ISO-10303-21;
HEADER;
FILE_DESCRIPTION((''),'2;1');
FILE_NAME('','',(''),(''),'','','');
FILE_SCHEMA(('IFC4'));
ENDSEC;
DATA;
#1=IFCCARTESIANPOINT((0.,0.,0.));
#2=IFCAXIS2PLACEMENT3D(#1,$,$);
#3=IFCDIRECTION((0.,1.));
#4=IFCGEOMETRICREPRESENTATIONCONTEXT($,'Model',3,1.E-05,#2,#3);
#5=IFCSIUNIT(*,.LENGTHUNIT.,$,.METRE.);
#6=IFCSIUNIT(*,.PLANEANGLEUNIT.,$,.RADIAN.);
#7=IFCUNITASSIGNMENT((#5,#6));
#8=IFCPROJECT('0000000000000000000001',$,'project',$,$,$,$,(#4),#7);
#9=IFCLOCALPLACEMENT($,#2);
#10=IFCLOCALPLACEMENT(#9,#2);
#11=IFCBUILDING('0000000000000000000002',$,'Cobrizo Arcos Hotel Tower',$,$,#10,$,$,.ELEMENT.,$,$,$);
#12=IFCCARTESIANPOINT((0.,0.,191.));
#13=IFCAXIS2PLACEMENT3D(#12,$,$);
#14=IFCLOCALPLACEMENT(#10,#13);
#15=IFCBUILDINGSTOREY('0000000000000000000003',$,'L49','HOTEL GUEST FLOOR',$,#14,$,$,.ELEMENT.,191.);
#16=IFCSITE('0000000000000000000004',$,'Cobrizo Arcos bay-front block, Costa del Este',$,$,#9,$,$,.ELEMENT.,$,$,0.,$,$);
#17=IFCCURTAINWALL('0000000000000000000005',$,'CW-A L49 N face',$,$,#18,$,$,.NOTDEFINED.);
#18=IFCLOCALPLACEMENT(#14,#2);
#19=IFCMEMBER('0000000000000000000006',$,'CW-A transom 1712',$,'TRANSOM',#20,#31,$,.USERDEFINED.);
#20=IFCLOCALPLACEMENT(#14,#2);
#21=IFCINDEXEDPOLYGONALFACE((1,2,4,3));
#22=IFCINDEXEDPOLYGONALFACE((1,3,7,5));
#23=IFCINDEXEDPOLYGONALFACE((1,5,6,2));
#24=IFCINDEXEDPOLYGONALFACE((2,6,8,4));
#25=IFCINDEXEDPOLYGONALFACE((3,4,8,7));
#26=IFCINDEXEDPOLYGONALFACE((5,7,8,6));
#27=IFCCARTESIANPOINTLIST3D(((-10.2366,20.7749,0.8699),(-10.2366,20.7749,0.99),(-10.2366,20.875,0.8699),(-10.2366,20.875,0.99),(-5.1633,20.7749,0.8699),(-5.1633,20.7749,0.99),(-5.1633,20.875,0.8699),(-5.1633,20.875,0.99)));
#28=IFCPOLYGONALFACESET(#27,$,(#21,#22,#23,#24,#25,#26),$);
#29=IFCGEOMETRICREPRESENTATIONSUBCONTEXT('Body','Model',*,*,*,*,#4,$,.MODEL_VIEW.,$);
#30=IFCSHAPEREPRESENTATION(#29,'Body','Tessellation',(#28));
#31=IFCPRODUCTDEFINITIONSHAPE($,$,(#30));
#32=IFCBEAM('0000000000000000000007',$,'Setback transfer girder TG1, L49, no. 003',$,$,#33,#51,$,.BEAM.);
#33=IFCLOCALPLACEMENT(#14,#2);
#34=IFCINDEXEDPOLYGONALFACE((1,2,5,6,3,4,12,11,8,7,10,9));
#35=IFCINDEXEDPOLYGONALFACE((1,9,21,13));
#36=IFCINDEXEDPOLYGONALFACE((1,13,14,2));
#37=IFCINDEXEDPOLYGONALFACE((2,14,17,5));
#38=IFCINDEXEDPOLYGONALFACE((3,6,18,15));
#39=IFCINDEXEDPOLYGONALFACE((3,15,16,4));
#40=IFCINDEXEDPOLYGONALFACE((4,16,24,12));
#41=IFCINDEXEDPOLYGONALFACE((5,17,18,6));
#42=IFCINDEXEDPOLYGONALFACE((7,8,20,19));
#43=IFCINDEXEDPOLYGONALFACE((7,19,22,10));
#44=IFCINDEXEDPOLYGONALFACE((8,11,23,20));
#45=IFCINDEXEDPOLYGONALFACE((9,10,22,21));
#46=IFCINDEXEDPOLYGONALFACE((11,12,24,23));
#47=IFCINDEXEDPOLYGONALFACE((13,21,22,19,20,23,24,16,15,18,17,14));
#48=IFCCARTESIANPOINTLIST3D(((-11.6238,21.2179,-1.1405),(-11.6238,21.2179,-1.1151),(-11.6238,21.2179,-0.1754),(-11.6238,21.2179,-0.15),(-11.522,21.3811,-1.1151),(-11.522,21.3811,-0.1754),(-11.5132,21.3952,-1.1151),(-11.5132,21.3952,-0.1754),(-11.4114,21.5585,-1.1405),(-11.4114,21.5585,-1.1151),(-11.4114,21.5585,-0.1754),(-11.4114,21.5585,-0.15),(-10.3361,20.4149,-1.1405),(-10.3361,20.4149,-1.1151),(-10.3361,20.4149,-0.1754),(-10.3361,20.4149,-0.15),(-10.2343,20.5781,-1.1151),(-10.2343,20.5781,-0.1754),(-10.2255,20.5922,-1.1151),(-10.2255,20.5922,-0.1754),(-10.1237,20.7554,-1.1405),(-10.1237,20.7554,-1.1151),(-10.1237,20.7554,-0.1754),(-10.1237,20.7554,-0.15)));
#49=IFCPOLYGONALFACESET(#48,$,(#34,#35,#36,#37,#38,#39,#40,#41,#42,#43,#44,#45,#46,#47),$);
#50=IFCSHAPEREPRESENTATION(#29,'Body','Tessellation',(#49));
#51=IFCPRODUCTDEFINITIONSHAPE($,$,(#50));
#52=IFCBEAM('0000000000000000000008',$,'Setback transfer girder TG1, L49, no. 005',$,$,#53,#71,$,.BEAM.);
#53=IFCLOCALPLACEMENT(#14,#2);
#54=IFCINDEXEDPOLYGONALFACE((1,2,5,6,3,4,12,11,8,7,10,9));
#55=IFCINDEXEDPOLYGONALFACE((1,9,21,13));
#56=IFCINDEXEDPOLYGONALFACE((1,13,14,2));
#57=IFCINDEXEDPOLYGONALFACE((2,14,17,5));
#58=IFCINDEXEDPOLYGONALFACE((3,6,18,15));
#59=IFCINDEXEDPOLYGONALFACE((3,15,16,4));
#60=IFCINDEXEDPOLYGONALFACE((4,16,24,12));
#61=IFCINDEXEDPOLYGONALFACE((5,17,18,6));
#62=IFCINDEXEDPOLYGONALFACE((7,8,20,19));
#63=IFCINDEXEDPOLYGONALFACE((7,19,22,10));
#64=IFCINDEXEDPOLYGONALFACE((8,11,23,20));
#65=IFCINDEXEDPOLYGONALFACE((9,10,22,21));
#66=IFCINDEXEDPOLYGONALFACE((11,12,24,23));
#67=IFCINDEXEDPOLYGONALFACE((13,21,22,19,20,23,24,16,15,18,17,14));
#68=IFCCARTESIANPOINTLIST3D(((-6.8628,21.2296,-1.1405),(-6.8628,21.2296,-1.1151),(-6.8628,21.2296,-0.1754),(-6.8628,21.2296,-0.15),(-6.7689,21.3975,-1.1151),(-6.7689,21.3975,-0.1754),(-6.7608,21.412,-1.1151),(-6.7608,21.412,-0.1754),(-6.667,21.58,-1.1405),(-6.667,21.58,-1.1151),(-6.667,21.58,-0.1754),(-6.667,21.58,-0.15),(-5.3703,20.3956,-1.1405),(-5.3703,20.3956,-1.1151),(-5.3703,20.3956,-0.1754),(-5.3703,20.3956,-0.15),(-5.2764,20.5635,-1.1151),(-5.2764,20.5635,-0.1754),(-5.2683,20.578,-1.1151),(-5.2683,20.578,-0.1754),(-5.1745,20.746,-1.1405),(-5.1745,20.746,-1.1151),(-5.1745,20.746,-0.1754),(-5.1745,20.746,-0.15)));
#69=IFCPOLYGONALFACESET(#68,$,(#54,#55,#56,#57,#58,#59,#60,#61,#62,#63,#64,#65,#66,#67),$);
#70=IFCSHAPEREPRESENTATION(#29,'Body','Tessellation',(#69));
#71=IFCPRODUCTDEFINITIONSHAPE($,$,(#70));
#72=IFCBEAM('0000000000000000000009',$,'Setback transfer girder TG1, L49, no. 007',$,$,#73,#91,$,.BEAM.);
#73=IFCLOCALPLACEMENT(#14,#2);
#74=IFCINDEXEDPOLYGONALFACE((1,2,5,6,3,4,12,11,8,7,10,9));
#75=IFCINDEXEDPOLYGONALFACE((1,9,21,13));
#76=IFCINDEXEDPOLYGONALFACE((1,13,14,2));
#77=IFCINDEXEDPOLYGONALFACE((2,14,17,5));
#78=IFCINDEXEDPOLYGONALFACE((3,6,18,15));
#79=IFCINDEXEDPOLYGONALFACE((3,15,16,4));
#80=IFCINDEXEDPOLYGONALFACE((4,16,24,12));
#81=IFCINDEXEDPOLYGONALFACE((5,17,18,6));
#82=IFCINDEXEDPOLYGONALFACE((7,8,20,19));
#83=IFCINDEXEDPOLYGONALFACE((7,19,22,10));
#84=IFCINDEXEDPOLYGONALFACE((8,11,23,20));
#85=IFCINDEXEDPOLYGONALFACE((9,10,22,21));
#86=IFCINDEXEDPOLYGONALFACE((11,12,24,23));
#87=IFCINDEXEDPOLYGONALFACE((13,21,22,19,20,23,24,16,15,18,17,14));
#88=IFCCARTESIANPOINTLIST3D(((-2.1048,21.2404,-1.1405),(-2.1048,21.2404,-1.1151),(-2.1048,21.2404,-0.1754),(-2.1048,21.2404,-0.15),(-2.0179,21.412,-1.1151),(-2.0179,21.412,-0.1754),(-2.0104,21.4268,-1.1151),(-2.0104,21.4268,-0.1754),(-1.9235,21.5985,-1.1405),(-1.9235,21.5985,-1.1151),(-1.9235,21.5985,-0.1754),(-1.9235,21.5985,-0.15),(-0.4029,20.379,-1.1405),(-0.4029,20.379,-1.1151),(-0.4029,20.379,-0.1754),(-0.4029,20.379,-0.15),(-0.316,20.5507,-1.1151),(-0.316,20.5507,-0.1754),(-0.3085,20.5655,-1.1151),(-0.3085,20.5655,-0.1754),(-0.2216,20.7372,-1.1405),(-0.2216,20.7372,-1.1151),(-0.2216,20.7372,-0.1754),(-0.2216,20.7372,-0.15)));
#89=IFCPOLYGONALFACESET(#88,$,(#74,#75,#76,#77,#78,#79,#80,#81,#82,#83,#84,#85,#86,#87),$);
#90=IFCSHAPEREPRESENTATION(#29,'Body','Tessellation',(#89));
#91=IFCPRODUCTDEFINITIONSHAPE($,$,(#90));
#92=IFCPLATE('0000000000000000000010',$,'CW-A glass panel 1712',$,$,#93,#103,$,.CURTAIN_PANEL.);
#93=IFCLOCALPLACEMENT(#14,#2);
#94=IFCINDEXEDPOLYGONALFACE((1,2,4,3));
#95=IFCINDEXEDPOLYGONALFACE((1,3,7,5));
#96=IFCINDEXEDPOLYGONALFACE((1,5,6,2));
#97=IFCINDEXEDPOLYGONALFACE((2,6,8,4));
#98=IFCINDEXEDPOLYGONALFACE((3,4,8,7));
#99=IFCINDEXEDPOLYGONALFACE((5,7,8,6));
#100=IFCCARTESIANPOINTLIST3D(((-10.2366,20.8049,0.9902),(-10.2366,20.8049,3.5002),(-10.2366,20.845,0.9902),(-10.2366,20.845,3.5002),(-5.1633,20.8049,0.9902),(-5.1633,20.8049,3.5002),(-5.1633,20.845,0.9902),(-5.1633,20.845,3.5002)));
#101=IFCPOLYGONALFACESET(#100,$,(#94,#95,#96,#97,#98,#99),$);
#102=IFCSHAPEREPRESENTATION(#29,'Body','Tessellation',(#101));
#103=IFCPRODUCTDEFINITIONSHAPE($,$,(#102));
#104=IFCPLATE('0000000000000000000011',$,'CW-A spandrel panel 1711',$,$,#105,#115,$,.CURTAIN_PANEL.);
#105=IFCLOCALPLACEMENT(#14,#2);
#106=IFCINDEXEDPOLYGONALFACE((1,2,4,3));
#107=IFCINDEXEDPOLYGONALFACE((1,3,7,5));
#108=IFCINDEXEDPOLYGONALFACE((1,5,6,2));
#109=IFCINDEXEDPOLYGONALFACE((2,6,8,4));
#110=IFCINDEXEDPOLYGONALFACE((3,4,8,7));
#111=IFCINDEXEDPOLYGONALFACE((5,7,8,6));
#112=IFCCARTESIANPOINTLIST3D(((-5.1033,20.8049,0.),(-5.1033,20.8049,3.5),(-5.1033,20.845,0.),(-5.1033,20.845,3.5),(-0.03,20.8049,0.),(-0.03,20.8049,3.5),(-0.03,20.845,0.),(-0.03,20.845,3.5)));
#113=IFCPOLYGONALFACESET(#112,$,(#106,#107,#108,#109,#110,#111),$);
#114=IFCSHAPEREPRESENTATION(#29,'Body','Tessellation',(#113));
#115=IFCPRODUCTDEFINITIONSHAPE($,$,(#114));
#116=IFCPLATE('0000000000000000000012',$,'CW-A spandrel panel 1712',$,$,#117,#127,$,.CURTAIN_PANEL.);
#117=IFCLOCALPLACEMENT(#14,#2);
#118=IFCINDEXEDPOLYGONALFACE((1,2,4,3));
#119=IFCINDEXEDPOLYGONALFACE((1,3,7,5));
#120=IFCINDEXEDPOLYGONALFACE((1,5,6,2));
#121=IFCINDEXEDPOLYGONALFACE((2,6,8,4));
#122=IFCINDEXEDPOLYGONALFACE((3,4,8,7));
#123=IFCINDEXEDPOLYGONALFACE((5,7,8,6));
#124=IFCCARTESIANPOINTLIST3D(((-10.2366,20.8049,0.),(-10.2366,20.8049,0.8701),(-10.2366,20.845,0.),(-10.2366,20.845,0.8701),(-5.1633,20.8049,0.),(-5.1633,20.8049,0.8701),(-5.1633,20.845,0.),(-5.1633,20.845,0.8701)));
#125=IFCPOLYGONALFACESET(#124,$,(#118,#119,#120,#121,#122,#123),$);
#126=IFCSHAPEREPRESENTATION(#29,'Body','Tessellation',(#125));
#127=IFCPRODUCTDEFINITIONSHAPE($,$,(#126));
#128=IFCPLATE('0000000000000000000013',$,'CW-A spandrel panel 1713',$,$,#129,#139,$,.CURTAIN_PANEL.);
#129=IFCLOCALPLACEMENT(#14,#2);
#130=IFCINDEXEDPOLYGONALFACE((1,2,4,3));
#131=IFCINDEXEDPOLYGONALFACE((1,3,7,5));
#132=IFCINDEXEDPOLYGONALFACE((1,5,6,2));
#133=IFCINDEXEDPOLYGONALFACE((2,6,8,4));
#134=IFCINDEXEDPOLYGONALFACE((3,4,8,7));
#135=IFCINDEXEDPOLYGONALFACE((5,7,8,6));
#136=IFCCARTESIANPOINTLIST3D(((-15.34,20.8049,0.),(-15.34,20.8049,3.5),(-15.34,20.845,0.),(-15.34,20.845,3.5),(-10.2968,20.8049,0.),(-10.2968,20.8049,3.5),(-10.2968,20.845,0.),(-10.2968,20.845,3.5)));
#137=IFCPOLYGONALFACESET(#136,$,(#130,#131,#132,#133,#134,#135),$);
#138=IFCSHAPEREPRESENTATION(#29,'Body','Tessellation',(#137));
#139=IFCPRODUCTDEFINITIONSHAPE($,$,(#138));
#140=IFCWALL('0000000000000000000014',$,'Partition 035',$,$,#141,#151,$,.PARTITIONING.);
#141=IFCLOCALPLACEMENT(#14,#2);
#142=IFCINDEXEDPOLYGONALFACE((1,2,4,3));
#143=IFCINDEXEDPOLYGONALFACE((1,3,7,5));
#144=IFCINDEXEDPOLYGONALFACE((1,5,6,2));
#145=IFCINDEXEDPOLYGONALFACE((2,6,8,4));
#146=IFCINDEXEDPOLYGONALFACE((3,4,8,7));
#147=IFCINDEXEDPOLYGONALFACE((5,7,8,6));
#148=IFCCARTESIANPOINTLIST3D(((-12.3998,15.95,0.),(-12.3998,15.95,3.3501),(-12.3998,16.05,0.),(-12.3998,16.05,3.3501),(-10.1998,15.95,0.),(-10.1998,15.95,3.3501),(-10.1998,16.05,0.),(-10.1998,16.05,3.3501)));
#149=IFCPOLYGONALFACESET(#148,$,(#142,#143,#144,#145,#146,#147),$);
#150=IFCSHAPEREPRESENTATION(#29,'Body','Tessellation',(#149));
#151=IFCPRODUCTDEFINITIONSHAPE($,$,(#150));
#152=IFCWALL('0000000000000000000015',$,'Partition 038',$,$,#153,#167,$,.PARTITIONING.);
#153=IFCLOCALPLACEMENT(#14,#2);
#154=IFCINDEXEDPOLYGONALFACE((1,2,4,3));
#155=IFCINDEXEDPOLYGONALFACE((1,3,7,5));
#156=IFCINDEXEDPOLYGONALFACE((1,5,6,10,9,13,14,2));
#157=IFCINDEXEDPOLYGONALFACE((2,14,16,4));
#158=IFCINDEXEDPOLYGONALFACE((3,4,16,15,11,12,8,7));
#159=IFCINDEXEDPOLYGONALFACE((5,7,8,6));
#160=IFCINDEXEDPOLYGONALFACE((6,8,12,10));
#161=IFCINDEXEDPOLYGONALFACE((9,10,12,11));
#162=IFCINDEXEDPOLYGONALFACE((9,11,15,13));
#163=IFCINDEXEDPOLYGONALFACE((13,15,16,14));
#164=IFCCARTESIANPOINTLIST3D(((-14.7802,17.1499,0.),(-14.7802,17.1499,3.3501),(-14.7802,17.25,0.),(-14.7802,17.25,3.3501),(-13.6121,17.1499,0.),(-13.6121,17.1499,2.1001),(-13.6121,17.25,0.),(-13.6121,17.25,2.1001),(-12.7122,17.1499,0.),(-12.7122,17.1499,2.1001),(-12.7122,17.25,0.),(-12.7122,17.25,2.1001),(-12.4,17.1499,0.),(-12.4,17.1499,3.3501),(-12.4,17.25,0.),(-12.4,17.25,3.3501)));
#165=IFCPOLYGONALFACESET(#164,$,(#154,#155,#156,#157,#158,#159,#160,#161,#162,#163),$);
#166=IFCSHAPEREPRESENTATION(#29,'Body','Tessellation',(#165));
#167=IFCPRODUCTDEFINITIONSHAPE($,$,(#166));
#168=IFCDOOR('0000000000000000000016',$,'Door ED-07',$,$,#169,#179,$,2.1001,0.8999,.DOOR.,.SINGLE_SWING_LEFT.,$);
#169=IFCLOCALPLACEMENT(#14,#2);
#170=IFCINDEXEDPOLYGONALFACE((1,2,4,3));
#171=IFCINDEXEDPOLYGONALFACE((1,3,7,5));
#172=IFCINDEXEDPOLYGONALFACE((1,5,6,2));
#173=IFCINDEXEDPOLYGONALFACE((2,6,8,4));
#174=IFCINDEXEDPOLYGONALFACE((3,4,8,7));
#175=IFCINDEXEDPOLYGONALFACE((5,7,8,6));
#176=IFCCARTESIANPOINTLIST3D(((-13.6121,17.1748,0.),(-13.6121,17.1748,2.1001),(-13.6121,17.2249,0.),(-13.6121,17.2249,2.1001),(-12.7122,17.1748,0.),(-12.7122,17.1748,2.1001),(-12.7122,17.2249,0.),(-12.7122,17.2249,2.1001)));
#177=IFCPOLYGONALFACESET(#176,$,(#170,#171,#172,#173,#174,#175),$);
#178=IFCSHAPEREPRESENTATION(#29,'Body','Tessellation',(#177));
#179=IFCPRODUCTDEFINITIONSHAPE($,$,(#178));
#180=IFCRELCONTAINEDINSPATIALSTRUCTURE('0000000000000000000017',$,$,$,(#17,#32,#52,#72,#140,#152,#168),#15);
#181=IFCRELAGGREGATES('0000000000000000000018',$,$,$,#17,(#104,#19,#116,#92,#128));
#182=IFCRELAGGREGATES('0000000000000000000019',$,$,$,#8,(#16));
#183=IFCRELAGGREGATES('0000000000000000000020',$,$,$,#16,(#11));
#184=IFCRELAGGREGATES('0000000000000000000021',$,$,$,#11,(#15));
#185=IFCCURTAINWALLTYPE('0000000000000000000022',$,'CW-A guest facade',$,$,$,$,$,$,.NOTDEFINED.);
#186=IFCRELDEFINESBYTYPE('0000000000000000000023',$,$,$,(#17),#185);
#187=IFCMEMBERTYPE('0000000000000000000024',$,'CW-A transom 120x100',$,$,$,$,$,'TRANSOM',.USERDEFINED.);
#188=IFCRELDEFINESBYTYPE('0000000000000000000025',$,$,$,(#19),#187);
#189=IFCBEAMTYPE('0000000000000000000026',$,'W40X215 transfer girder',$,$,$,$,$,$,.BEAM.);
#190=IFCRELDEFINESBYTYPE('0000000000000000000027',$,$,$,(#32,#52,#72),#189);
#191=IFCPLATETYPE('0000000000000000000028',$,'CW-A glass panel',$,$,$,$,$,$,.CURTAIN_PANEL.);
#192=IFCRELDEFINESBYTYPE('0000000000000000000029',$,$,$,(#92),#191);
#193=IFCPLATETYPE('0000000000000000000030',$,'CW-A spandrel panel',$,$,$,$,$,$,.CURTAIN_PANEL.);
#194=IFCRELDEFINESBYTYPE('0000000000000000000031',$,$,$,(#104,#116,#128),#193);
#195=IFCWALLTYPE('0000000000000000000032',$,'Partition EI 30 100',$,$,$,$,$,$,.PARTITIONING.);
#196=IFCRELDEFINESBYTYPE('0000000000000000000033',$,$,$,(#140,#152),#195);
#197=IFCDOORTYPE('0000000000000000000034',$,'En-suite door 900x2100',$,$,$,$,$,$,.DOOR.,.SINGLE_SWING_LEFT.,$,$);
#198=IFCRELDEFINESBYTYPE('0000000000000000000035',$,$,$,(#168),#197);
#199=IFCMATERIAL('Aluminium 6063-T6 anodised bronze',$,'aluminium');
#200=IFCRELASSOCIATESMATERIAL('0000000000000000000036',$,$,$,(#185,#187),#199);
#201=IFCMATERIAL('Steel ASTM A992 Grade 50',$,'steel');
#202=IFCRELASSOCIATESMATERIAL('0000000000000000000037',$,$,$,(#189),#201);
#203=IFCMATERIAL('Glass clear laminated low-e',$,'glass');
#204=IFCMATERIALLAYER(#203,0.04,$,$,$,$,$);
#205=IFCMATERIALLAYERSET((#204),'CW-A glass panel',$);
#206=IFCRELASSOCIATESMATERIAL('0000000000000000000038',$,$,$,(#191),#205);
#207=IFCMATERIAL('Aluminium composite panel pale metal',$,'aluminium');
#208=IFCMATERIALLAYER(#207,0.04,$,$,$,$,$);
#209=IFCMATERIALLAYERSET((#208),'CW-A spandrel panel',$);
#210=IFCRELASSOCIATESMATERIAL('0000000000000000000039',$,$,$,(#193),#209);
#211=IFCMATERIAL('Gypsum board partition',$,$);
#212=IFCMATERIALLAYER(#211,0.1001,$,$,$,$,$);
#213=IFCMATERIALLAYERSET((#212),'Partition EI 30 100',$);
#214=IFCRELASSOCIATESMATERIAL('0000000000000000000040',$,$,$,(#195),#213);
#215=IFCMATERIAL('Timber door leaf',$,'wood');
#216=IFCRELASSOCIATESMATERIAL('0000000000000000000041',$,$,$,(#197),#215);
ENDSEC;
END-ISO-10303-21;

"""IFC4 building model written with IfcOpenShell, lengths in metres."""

from ifc_helpers import new_model, si_unit, direction, frame, frame_2d, origin, origin_2d, place, context, subcontext, project, spatial, rectangle, i_section, extrude, material, layer, layer_set, material_profile, profile_set, type_object, element, fill, aggregate, save


model = new_model("IFC4")

# Units and contexts
model_context = context("Model", 3, precision=1e-05, world=origin(), true_north=direction((0.0, 1.0)))
body_context = subcontext(model_context, "Body", "Model", "MODEL_VIEW")
ifc_project = project(units=[si_unit("LENGTHUNIT", "METRE"), si_unit("PLANEANGLEUNIT", "RADIAN")], contexts=[model_context])

# Site, building, storey
site_placement = place(None, origin())
site = spatial("IfcSite", under=ifc_project, at=site_placement, Name="Cobrizo Arcos bay-front block, Costa del Este", CompositionType="ELEMENT", RefElevation=0.0)
building_placement = place(site_placement, origin())
building = spatial("IfcBuilding", under=site, at=building_placement, Name="Cobrizo Arcos Hotel Tower", CompositionType="ELEMENT")
storey_placement = place(building_placement, frame((0.0, 0.0, 191.0)))
storey = spatial("IfcBuildingStorey", under=building, at=storey_placement, Name="L49", Description="HOTEL GUEST FLOOR", CompositionType="ELEMENT", Elevation=191.0)

# Curtain wall
ifc_material_1 = material(Name="Aluminium 6063-T6 anodised bronze", Category="aluminium")
curtain_wall_type = type_object("IfcCurtainWallType", Name="CW-A guest facade", PredefinedType="NOTDEFINED", material=ifc_material_1)
curtain_wall_1_placement = place(storey_placement, origin())
curtain_wall_1 = element("IfcCurtainWall", 1, at=curtain_wall_1_placement, inside=storey, type_object=curtain_wall_type, Name="CW-A L49 N face", PredefinedType="NOTDEFINED")

# Member
ifc_material_profile_1 = material_profile(ifc_material_1, rectangle(XDim=0.1001, YDim=0.1201, at=origin_2d()), Name="CW-A transom 120x100")
ifc_profile_set_1 = profile_set([ifc_material_profile_1], Name="Aluminium 6063-T6 anodised bronze")
member_type_1 = type_object("IfcMemberType", Name="CW-A transom 120x100", ElementType="TRANSOM", PredefinedType="USERDEFINED", material=ifc_profile_set_1)
member_1_placement = place(storey_placement, frame((-5.1633, 20.825, 0.9299), z_axis=(-1.0, 0.0, 0.0), x_axis=(0.0, -1.0, 0.0)))
member_1 = element("IfcMember", 2, at=member_1_placement, type_object=member_type_1, Name="CW-A transom 1712", ObjectType="TRANSOM", PredefinedType="USERDEFINED", context=body_context, shape_type="SweptSolid", body=[
    extrude(rectangle(XDim=0.1001, YDim=0.1201, at=origin_2d()), origin(), (0.0, 0.0, 1.0), 5.0732),
])

# Beams
ifc_material_2 = material(Name="Steel ASTM A992 Grade 50", Category="steel")
ifc_material_profile_2 = material_profile(ifc_material_2, i_section(OverallWidth=0.4014, OverallDepth=0.9905, WebThickness=0.0166, FlangeThickness=0.0254, at=origin_2d()), Name="W40X215")
ifc_profile_set_2 = profile_set([ifc_material_profile_2], Name="Steel ASTM A992 Grade 50")
beam_type_1 = type_object("IfcBeamType", Name="W40X215 transfer girder", PredefinedType="BEAM", material=ifc_profile_set_2)
beam_1_placement = place(storey_placement, frame((-11.5176, 21.3882, -0.6453), z_axis=(0.848522, -0.52916, 0.0), x_axis=(0.52916, 0.848522, 0.0)))
element("IfcBeam", 3, at=beam_1_placement, inside=storey, type_object=beam_type_1, Name="Setback transfer girder TG1, L49, no. 003", PredefinedType="BEAM", context=body_context, shape_type="SweptSolid", body=[
    extrude(i_section(OverallWidth=0.4014, OverallDepth=0.9905, WebThickness=0.0166, FlangeThickness=0.0254, at=origin_2d()), origin(), (0.0, 0.0, 1.0), 1.5176),
])
beam_2_placement = place(storey_placement, frame((-6.7649, 21.4048, -0.6453), z_axis=(0.872949, -0.487812, 0.0), x_axis=(0.487812, 0.872949, 0.0)))
element("IfcBeam", 4, at=beam_2_placement, inside=storey, type_object=beam_type_1, Name="Setback transfer girder TG1, L49, no. 005", PredefinedType="BEAM", context=body_context, shape_type="SweptSolid", body=[
    extrude(i_section(OverallWidth=0.4014, OverallDepth=0.9905, WebThickness=0.0166, FlangeThickness=0.0254, at=origin_2d()), origin(), (0.0, 0.0, 1.0), 1.7097),
])
beam_3_placement = place(storey_placement, frame((-2.0142, 21.4194, -0.6453), z_axis=(0.892241, -0.45156, 0.0), x_axis=(0.45156, 0.892241, 0.0)))
element("IfcBeam", 5, at=beam_3_placement, inside=storey, type_object=beam_type_1, Name="Setback transfer girder TG1, L49, no. 007", PredefinedType="BEAM", context=body_context, shape_type="SweptSolid", body=[
    extrude(i_section(OverallWidth=0.4014, OverallDepth=0.9905, WebThickness=0.0166, FlangeThickness=0.0254, at=origin_2d()), origin(), (0.0, 0.0, 1.0), 1.9075),
])

# Plates
ifc_material_3 = material(Name="Glass clear laminated low-e", Category="glass")
ifc_layer_1 = layer(ifc_material_3, 0.04)
ifc_layer_set_1 = layer_set([ifc_layer_1], Name="CW-A glass panel")
plate_type_1 = type_object("IfcPlateType", Name="CW-A glass panel", PredefinedType="CURTAIN_PANEL", material=ifc_layer_set_1)
plate_1_placement = place(storey_placement, frame((-7.7, 20.825, 0.9902), z_axis=(0.0, 0.0, 1.0), x_axis=(-1.0, 0.0, 0.0)))
plate_1 = element("IfcPlate", 6, at=plate_1_placement, type_object=plate_type_1, Name="CW-A glass panel 1712", PredefinedType="CURTAIN_PANEL", context=body_context, shape_type="SweptSolid", body=[
    extrude(rectangle(XDim=5.0732, YDim=0.04, at=origin_2d()), origin(), (0.0, 0.0, 1.0), 2.51),
])
ifc_material_4 = material(Name="Aluminium composite panel pale metal", Category="aluminium")
ifc_layer_2 = layer(ifc_material_4, 0.04)
ifc_layer_set_2 = layer_set([ifc_layer_2], Name="CW-A spandrel panel")
plate_type_2 = type_object("IfcPlateType", Name="CW-A spandrel panel", PredefinedType="CURTAIN_PANEL", material=ifc_layer_set_2)
plate_2_placement = place(storey_placement, frame((-2.5667, 20.825, 0.0), z_axis=(0.0, 0.0, 1.0), x_axis=(-1.0, 0.0, 0.0)))
plate_2 = element("IfcPlate", 7, at=plate_2_placement, type_object=plate_type_2, Name="CW-A spandrel panel 1711", PredefinedType="CURTAIN_PANEL", context=body_context, shape_type="SweptSolid", body=[
    extrude(rectangle(XDim=5.0732, YDim=0.04, at=origin_2d()), origin(), (0.0, 0.0, 1.0), 3.5),
])
plate_3_placement = place(storey_placement, frame((-7.7, 20.825, 0.0), z_axis=(0.0, 0.0, 1.0), x_axis=(-1.0, 0.0, 0.0)))
plate_3 = element("IfcPlate", 8, at=plate_3_placement, type_object=plate_type_2, Name="CW-A spandrel panel 1712", PredefinedType="CURTAIN_PANEL", context=body_context, shape_type="SweptSolid", body=[
    extrude(rectangle(XDim=5.0732, YDim=0.04, at=origin_2d()), origin(), (0.0, 0.0, 1.0), 0.8701),
])
plate_4_placement = place(storey_placement, frame((-12.8184, 20.825, 0.0), z_axis=(0.0, 0.0, 1.0), x_axis=(-1.0, 0.0, 0.0)))
plate_4 = element("IfcPlate", 9, at=plate_4_placement, type_object=plate_type_2, Name="CW-A spandrel panel 1713", PredefinedType="CURTAIN_PANEL", context=body_context, shape_type="SweptSolid", body=[
    extrude(rectangle(XDim=5.0432, YDim=0.04, at=origin_2d()), origin(), (0.0, 0.0, 1.0), 3.5),
])
aggregate(curtain_wall_1, [plate_2, member_1, plate_3, plate_1, plate_4])

# Wall
ifc_material_5 = material(Name="Gypsum board partition")
ifc_layer_3 = layer(ifc_material_5, 0.1001)
ifc_layer_set_3 = layer_set([ifc_layer_3], Name="Partition EI 30 100")
wall_type = type_object("IfcWallType", Name="Partition EI 30 100", PredefinedType="PARTITIONING", material=ifc_layer_set_3)
wall_1_placement = place(storey_placement, frame((-12.3999, 16.0, 0.0), z_axis=(0.0, 0.0, 1.0), x_axis=(1.0, 0.0, 0.0)))
element("IfcWall", 10, at=wall_1_placement, inside=storey, type_object=wall_type, Name="Partition 035", PredefinedType="PARTITIONING", context=body_context, shape_type="SweptSolid", body=[
    extrude(rectangle(XDim=2.2, YDim=0.1001, at=frame_2d((1.1001, 0.0))), origin(), (0.0, 0.0, 1.0), 3.3501),
])

# Wall, opening, door
wall_2_placement = place(storey_placement, frame((-14.78, 17.2, 0.0), z_axis=(0.0, 0.0, 1.0), x_axis=(1.0, 0.0, 0.0)))
wall_2 = element("IfcWall", 11, at=wall_2_placement, inside=storey, type_object=wall_type, Name="Partition 038", PredefinedType="PARTITIONING", context=body_context, shape_type="SweptSolid", body=[
    extrude(rectangle(XDim=2.3801, YDim=0.1001, at=frame_2d((1.1899, 0.0))), origin(), (0.0, 0.0, 1.0), 3.3501),
])
opening_placement = place(wall_2_placement, frame((1.168, 0.0, 0.0)))
opening = element("IfcOpeningElement", 12, at=opening_placement, cuts=wall_2, PredefinedType="OPENING", context=body_context, shape_type="SweptSolid", body=[
    extrude(rectangle(XDim=0.8999, YDim=2.1001, at=frame_2d((0.45, 1.05))), frame((0.0, 0.062, 0.0), z_axis=(0.0, -1.0, 0.0), x_axis=(1.0, 0.0, 0.0)), (0.0, 0.0, 1.0), 0.124),
])
ifc_material_6 = material(Name="Timber door leaf", Category="wood")
door_type = type_object("IfcDoorType", Name="En-suite door 900x2100", OperationType="SINGLE_SWING_LEFT", PredefinedType="DOOR", material=ifc_material_6)
door_placement = place(opening_placement, origin())
door = element("IfcDoor", 13, at=door_placement, inside=storey, type_object=door_type, Name="Door ED-07", OperationType="SINGLE_SWING_LEFT", OverallHeight=2.1001, OverallWidth=0.8999, PredefinedType="DOOR", context=body_context, shape_type="SweptSolid", body=[
    extrude(rectangle(XDim=0.8999, YDim=2.1001, at=frame_2d((0.45, 1.05))), frame((0.0, 0.0249, 0.0), z_axis=(0.0, -1.0, 0.0), x_axis=(1.0, 0.0, 0.0)), (0.0, 0.0, 1.0), 0.05),
])
fill(opening, door)

save(model, "model.ifc")
